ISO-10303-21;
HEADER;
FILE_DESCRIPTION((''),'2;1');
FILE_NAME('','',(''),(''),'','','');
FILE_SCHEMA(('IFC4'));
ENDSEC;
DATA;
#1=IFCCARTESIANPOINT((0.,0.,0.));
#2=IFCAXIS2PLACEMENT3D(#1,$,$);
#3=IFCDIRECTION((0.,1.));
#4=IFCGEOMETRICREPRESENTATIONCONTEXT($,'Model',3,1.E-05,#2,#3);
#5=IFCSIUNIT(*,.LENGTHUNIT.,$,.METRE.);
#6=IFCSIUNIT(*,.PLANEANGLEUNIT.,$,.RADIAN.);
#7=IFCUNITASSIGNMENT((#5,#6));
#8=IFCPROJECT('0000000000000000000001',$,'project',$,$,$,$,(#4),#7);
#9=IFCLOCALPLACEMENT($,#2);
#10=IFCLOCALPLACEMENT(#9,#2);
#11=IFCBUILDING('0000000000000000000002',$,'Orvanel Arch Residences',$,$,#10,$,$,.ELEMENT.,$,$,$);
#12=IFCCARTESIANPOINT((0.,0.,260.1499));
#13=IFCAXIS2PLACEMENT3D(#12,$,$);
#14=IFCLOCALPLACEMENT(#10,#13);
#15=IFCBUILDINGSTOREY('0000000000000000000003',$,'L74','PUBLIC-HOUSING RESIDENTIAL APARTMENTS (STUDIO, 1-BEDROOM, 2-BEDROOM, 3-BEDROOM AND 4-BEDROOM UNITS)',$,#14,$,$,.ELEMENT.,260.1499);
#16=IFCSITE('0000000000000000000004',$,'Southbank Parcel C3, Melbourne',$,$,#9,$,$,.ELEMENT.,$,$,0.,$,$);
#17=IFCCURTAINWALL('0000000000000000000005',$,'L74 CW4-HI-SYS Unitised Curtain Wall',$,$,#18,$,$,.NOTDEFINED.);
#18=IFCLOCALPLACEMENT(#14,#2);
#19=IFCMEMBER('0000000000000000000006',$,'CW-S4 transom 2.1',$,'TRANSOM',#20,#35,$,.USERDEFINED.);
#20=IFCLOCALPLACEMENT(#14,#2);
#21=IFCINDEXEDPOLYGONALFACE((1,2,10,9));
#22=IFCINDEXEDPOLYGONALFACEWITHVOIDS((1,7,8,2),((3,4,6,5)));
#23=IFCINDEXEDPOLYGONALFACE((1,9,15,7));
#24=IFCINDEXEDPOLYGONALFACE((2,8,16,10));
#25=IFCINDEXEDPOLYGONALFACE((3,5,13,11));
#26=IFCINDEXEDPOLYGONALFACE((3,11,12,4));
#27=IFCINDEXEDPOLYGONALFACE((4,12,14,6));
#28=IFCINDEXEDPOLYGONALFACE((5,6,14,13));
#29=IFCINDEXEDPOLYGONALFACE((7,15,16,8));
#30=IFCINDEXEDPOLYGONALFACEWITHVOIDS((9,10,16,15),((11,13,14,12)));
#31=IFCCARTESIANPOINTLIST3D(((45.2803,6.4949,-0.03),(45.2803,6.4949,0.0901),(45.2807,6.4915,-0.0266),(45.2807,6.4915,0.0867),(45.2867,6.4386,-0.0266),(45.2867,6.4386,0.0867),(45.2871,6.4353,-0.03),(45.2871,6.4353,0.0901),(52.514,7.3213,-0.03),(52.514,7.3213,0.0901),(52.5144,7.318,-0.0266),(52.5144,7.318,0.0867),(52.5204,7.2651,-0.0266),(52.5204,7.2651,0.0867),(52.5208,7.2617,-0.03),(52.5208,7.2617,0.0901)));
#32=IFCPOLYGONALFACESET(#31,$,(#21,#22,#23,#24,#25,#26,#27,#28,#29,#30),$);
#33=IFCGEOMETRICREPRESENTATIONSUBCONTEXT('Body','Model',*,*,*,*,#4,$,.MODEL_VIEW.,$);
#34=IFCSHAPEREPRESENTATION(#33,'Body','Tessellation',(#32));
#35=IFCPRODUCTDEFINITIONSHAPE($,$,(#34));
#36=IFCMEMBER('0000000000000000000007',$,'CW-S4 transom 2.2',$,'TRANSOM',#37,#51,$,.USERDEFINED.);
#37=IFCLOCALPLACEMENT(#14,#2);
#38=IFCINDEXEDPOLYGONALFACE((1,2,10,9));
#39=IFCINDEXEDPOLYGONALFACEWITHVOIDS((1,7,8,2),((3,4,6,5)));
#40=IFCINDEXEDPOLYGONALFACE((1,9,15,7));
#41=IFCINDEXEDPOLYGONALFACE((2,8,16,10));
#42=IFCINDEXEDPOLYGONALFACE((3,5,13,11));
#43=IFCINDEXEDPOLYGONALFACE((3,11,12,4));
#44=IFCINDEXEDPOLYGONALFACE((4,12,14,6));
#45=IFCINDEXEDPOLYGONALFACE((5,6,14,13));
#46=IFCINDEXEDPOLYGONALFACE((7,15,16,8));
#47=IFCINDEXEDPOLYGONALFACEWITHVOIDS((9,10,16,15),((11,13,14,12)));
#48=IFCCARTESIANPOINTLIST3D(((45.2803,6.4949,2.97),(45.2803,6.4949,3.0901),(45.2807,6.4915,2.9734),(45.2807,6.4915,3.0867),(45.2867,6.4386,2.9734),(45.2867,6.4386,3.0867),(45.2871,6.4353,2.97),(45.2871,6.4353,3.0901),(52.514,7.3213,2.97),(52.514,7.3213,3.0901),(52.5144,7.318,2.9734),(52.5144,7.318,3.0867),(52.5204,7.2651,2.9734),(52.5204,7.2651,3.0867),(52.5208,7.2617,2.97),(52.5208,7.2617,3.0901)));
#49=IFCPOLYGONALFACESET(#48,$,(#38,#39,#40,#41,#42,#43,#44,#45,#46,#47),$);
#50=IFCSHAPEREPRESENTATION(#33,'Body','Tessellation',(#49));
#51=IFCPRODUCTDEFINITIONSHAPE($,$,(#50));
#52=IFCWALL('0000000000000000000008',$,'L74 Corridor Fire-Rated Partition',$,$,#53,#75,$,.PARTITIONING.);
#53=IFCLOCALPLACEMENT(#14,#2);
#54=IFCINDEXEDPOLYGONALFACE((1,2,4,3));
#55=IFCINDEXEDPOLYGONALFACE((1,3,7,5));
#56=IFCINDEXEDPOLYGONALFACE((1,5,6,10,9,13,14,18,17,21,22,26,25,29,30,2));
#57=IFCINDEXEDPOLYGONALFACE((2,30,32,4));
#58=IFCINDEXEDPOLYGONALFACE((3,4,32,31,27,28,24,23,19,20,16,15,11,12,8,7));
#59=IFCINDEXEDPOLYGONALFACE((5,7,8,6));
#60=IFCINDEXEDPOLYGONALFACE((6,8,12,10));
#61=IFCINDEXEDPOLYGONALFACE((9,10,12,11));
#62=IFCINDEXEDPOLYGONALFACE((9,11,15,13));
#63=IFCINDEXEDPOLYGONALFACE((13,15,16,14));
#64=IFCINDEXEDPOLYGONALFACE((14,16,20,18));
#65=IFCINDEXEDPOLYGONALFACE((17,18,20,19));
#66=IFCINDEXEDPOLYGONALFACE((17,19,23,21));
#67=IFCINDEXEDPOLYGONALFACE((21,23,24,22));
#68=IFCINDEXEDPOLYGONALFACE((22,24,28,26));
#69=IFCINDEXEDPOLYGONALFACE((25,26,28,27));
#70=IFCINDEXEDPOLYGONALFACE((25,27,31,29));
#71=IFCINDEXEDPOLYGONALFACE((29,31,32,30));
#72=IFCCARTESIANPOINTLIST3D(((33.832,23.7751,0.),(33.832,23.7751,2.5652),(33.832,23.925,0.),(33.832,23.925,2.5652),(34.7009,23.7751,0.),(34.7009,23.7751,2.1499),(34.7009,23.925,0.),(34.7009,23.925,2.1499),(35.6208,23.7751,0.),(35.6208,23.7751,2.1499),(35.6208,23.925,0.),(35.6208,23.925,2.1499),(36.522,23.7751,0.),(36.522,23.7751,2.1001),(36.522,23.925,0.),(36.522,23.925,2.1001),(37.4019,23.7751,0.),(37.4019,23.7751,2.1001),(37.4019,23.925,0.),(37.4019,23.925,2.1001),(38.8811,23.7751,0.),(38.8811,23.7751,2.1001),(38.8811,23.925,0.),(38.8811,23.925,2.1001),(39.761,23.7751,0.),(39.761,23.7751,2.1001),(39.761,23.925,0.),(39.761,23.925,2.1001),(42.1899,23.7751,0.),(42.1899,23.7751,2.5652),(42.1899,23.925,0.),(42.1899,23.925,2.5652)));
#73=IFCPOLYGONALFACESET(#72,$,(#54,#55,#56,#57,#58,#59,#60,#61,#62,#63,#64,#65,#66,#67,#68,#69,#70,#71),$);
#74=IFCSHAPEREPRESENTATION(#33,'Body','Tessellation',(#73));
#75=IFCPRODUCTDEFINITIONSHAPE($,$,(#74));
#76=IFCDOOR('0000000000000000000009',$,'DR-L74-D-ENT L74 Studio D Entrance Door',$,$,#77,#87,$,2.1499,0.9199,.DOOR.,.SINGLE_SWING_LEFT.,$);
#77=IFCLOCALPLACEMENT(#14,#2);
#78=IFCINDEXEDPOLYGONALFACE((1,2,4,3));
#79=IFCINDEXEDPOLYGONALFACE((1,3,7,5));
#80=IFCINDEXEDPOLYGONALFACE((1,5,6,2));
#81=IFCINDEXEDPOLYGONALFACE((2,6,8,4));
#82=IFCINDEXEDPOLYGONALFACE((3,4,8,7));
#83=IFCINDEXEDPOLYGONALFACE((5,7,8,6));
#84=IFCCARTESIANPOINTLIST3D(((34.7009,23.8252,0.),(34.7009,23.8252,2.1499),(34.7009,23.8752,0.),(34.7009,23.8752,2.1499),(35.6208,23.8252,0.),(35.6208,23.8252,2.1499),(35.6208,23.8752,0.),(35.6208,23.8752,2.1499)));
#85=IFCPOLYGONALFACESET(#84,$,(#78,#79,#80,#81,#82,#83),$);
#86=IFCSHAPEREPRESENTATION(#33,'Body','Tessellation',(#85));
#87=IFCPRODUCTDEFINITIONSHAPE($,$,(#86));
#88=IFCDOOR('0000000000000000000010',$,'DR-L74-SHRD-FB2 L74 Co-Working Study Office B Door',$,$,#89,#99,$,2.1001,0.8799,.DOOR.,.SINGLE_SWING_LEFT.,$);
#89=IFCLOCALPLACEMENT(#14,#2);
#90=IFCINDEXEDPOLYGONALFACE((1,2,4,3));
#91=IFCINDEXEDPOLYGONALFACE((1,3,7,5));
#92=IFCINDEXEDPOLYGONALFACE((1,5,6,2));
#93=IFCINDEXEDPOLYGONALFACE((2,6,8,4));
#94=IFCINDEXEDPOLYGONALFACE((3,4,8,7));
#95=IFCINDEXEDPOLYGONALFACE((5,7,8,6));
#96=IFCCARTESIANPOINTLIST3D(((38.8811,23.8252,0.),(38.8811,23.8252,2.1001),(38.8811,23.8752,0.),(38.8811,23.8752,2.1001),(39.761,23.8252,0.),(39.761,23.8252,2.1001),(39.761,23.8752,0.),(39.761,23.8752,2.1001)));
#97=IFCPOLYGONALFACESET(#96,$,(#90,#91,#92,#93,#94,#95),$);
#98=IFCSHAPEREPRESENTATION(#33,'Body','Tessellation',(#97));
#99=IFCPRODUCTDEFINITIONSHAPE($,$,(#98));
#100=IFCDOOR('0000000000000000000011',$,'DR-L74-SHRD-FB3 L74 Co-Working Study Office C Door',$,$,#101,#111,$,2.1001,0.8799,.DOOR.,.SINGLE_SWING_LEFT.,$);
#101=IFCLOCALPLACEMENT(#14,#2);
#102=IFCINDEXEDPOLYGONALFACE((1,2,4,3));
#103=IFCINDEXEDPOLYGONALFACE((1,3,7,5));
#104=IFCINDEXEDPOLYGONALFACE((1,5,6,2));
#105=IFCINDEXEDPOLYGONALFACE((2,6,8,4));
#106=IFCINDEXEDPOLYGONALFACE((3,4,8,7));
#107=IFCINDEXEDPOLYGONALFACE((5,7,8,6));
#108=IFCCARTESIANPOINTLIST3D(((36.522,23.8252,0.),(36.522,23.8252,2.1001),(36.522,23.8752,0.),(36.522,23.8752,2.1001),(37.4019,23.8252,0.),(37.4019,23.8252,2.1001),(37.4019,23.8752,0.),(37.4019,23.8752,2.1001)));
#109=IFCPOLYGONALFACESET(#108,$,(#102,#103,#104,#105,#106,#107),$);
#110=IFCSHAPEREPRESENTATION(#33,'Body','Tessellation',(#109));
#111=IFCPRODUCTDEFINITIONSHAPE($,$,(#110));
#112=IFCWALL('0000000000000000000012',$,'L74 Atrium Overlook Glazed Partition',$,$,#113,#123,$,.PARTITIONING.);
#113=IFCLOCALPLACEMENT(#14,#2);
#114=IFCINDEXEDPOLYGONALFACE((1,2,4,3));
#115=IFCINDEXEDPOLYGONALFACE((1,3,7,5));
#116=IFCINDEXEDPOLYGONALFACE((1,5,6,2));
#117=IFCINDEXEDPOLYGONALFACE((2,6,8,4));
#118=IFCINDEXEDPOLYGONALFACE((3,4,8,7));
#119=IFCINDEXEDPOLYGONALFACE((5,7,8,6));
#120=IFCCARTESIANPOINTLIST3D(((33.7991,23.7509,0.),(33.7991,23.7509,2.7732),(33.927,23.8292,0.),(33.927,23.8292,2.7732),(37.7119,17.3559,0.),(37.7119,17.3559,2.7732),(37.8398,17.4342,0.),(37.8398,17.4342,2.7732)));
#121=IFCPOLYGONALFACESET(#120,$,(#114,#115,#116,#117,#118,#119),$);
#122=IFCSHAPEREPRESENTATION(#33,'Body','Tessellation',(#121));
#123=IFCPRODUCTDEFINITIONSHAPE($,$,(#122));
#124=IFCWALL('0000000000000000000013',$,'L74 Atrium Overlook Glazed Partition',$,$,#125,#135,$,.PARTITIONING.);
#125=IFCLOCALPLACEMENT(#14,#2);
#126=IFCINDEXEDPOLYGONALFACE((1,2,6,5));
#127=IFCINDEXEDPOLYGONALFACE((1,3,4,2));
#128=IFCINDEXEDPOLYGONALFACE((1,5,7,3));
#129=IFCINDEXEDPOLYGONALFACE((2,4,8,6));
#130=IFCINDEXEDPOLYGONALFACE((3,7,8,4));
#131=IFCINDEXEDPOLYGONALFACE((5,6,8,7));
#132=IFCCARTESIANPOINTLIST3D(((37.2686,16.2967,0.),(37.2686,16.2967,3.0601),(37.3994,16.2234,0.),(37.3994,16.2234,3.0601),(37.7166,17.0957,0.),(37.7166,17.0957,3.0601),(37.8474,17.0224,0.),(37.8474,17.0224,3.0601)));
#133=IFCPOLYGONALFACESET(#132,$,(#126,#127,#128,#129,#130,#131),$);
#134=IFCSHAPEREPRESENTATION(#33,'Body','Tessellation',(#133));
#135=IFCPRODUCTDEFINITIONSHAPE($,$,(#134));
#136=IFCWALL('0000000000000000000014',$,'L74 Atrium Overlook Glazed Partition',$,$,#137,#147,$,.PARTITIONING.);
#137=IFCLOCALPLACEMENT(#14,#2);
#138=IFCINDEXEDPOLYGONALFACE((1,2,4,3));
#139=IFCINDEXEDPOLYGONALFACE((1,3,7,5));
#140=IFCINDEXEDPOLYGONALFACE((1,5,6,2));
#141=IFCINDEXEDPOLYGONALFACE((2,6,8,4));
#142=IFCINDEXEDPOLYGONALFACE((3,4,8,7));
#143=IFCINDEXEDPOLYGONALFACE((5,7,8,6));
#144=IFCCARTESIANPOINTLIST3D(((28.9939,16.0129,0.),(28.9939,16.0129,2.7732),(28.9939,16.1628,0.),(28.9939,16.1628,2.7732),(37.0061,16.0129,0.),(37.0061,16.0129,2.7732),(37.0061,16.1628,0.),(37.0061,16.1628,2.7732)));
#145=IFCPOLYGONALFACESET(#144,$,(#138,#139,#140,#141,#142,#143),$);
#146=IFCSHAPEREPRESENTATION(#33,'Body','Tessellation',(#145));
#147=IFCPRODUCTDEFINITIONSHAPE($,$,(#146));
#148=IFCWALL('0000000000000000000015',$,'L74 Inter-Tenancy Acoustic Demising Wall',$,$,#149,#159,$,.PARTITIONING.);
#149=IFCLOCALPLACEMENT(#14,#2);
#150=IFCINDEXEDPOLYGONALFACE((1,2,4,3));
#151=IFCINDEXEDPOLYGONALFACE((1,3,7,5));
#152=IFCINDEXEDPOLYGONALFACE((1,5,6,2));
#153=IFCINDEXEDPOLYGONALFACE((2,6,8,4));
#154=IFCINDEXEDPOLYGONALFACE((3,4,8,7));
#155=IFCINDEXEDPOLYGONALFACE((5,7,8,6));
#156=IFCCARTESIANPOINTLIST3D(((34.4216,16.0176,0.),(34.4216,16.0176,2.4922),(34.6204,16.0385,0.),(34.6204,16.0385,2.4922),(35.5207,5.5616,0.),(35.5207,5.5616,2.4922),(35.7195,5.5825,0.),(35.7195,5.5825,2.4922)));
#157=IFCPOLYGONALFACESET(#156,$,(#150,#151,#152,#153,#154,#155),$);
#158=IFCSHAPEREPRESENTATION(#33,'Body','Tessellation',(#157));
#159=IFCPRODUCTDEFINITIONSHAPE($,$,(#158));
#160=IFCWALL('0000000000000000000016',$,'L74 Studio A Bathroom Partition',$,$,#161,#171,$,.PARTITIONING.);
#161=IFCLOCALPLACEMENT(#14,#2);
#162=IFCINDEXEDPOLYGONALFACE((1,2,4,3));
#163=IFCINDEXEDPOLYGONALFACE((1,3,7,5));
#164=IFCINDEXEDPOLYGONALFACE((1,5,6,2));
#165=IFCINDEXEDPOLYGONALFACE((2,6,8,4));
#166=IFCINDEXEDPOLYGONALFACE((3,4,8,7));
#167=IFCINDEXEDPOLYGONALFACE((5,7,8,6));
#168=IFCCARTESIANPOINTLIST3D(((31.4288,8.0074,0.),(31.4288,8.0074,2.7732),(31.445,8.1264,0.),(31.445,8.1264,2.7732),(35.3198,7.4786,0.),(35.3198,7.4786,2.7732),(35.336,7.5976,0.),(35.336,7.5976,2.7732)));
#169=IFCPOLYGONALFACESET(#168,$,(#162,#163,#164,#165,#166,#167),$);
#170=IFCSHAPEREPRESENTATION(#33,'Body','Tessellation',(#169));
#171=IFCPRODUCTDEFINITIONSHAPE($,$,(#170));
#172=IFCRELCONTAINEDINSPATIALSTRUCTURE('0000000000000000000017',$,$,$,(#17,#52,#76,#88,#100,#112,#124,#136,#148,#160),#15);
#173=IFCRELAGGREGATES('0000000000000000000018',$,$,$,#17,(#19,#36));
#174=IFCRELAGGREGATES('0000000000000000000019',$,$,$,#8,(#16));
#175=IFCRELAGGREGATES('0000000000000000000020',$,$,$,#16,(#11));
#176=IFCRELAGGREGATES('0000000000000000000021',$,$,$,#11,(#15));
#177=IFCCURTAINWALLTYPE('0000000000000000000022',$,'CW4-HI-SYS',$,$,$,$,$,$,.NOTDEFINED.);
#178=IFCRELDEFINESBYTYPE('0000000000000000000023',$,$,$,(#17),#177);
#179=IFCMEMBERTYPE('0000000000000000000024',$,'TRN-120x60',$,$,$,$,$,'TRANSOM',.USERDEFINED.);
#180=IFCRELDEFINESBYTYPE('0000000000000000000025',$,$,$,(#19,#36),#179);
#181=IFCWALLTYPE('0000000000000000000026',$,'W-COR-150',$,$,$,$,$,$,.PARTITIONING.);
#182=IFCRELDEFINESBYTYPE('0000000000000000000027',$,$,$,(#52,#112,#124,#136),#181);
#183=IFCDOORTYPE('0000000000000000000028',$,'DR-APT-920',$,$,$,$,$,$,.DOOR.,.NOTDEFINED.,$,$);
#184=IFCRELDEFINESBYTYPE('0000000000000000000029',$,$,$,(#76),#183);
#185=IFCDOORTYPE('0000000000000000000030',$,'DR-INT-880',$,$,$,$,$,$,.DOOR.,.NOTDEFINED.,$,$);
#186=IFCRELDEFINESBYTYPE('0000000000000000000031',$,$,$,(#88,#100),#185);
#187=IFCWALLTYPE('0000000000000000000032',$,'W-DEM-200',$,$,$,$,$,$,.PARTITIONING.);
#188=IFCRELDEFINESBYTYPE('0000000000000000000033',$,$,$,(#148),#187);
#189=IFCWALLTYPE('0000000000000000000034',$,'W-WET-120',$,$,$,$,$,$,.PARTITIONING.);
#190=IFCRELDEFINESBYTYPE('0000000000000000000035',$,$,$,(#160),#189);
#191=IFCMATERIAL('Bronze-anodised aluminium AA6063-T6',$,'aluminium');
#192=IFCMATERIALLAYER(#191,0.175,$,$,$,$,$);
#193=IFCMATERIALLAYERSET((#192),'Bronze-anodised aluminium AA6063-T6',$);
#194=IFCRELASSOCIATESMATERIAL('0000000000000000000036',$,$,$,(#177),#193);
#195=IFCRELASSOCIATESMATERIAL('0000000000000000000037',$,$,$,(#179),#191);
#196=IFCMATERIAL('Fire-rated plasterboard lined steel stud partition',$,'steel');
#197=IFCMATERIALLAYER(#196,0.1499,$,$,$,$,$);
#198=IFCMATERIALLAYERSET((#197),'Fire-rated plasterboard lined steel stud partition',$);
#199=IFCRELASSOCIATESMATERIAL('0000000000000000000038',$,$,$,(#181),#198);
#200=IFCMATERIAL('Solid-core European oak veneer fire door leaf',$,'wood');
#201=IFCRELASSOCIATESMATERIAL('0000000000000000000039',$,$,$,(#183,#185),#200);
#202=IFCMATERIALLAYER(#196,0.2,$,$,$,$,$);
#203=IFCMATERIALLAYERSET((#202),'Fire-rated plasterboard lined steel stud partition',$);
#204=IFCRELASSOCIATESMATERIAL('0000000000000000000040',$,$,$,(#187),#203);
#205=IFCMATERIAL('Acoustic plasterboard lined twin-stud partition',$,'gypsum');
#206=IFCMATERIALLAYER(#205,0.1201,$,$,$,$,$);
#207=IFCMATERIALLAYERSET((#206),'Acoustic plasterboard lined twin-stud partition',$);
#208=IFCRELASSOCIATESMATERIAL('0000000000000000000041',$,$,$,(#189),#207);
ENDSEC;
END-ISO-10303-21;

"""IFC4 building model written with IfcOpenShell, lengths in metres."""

from ifc_helpers import new_model, si_unit, direction, frame, frame_2d, origin, origin_2d, place, context, subcontext, project, spatial, rectangle, hollow_rectangle, extrude, material, layer, layer_set, material_profile, profile_set, type_object, element, fill, aggregate, save


model = new_model("IFC4")

# Units and contexts
model_context = context("Model", 3, precision=1e-05, world=origin(), true_north=direction((0.0, 1.0)))
body_context = subcontext(model_context, "Body", "Model", "MODEL_VIEW")
ifc_project = project(units=[si_unit("LENGTHUNIT", "METRE"), si_unit("PLANEANGLEUNIT", "RADIAN")], contexts=[model_context])

# Site, building, storey
site_placement = place(None, origin())
site = spatial("IfcSite", under=ifc_project, at=site_placement, Name="Southbank Parcel C3, Melbourne", CompositionType="ELEMENT", RefElevation=0.0)
building_placement = place(site_placement, origin())
building = spatial("IfcBuilding", under=site, at=building_placement, Name="Orvanel Arch Residences", CompositionType="ELEMENT")
storey_placement = place(building_placement, frame((0.0, 0.0, 260.1499)))
storey = spatial("IfcBuildingStorey", under=building, at=storey_placement, Name="L74", Description="PUBLIC-HOUSING RESIDENTIAL APARTMENTS (STUDIO, 1-BEDROOM, 2-BEDROOM, 3-BEDROOM AND 4-BEDROOM UNITS)", CompositionType="ELEMENT", Elevation=260.1499)

# Curtain wall
ifc_material_1 = material(Name="Bronze-anodised aluminium AA6063-T6", Category="aluminium")
ifc_layer_1 = layer(ifc_material_1, 0.175)
ifc_layer_set_1 = layer_set([ifc_layer_1], Name="Bronze-anodised aluminium AA6063-T6")
curtain_wall_type = type_object("IfcCurtainWallType", Name="CW4-HI-SYS", PredefinedType="NOTDEFINED", material=ifc_layer_set_1)
curtain_wall_placement = place(storey_placement, origin())
curtain_wall = element("IfcCurtainWall", 1, at=curtain_wall_placement, inside=storey, type_object=curtain_wall_type, Name="L74 CW4-HI-SYS Unitised Curtain Wall", PredefinedType="NOTDEFINED")

# Members
ifc_material_profile_1 = material_profile(ifc_material_1, hollow_rectangle(XDim=0.0601, YDim=0.1201, WallThickness=0.0034, at=origin_2d()), Name="ALU120x60x3.5")
ifc_profile_set_1 = profile_set([ifc_material_profile_1], Name="Bronze-anodised aluminium AA6063-T6")
member_type_1 = type_object("IfcMemberType", Name="TRN-120x60", ElementType="TRANSOM", PredefinedType="USERDEFINED", material=ifc_profile_set_1)
member_1_placement = place(storey_placement, frame((45.2837, 6.4651, 0.03), z_axis=(0.993537, 0.113508, 0.0), x_axis=(-0.113508, 0.993537, 0.0)))
member_1 = element("IfcMember", 2, at=member_1_placement, type_object=member_type_1, Name="CW-S4 transom 2.1", ObjectType="TRANSOM", PredefinedType="USERDEFINED", context=body_context, shape_type="SweptSolid", body=[
    extrude(hollow_rectangle(XDim=0.0601, YDim=0.1201, WallThickness=0.0034, at=origin_2d()), origin(), (0.0, 0.0, 1.0), 7.2808),
])
member_2_placement = place(storey_placement, frame((45.2837, 6.4651, 3.03), z_axis=(0.993537, 0.113508, 0.0), x_axis=(-0.113508, 0.993537, 0.0)))
member_2 = element("IfcMember", 3, at=member_2_placement, type_object=member_type_1, Name="CW-S4 transom 2.2", ObjectType="TRANSOM", PredefinedType="USERDEFINED", context=body_context, shape_type="SweptSolid", body=[
    extrude(hollow_rectangle(XDim=0.0601, YDim=0.1201, WallThickness=0.0034, at=origin_2d()), origin(), (0.0, 0.0, 1.0), 7.2808),
])
aggregate(curtain_wall, [member_1, member_2])

# Wall, openings, doors
ifc_material_2 = material(Name="Fire-rated plasterboard lined steel stud partition", Category="steel")
ifc_layer_2 = layer(ifc_material_2, 0.1499)
ifc_layer_set_2 = layer_set([ifc_layer_2], Name="Fire-rated plasterboard lined steel stud partition")
wall_type_1 = type_object("IfcWallType", Name="W-COR-150", PredefinedType="PARTITIONING", material=ifc_layer_set_2)
wall_1_placement = place(storey_placement, frame((42.1899, 23.8501, 0.0), z_axis=(0.0, 0.0, 1.0), x_axis=(-1.0, 0.0, 0.0)))
wall_1 = element("IfcWall", 4, at=wall_1_placement, inside=storey, type_object=wall_type_1, Name="L74 Corridor Fire-Rated Partition", PredefinedType="PARTITIONING", context=body_context, shape_type="SweptSolid", body=[
    extrude(rectangle(XDim=8.3579, YDim=0.1499, at=frame_2d((4.179, 0.0))), origin(), (0.0, 0.0, 1.0), 2.5652),
])
opening_1_placement = place(wall_1_placement, frame((2.429, 0.0, 0.0)))
opening_1 = element("IfcOpeningElement", 5, at=opening_1_placement, cuts=wall_1, PredefinedType="OPENING", context=body_context, shape_type="SweptSolid", body=[
    extrude(rectangle(XDim=0.8799, YDim=2.1001, at=frame_2d((0.4399, 1.05))), frame((0.0, 0.085, 0.0), z_axis=(0.0, -1.0, 0.0), x_axis=(1.0, 0.0, 0.0)), (0.0, 0.0, 1.0), 0.1699),
])
opening_2_placement = place(wall_1_placement, frame((4.7881, 0.0, 0.0)))
opening_2 = element("IfcOpeningElement", 6, at=opening_2_placement, cuts=wall_1, PredefinedType="OPENING", context=body_context, shape_type="SweptSolid", body=[
    extrude(rectangle(XDim=0.8799, YDim=2.1001, at=frame_2d((0.4399, 1.05))), frame((0.0, 0.085, 0.0), z_axis=(0.0, -1.0, 0.0), x_axis=(1.0, 0.0, 0.0)), (0.0, 0.0, 1.0), 0.1699),
])
opening_3_placement = place(wall_1_placement, frame((6.5691, 0.0, 0.0)))
opening_3 = element("IfcOpeningElement", 7, at=opening_3_placement, cuts=wall_1, PredefinedType="OPENING", context=body_context, shape_type="SweptSolid", body=[
    extrude(rectangle(XDim=0.9199, YDim=2.1499, at=frame_2d((0.46, 1.075))), frame((0.0, 0.085, 0.0), z_axis=(0.0, -1.0, 0.0), x_axis=(1.0, 0.0, 0.0)), (0.0, 0.0, 1.0), 0.1699),
])
ifc_material_3 = material(Name="Solid-core European oak veneer fire door leaf", Category="wood")
door_type_1 = type_object("IfcDoorType", Name="DR-APT-920", OperationType="NOTDEFINED", PredefinedType="DOOR", material=ifc_material_3)
door_1_placement = place(opening_3_placement, origin())
door_1 = element("IfcDoor", 8, at=door_1_placement, inside=storey, type_object=door_type_1, Name="DR-L74-D-ENT L74 Studio D Entrance Door", OperationType="SINGLE_SWING_LEFT", OverallHeight=2.1499, OverallWidth=0.9199, PredefinedType="DOOR", context=body_context, shape_type="SweptSolid", body=[
    extrude(rectangle(XDim=0.9199, YDim=2.1499, at=frame_2d((0.46, 1.075))), frame((0.0, 0.0249, 0.0), z_axis=(0.0, -1.0, 0.0), x_axis=(1.0, 0.0, 0.0)), (0.0, 0.0, 1.0), 0.05),
])
fill(opening_3, door_1)
door_type_2 = type_object("IfcDoorType", Name="DR-INT-880", OperationType="NOTDEFINED", PredefinedType="DOOR", material=ifc_material_3)
door_2_placement = place(opening_1_placement, origin())
door_2 = element("IfcDoor", 9, at=door_2_placement, inside=storey, type_object=door_type_2, Name="DR-L74-SHRD-FB2 L74 Co-Working Study Office B Door", OperationType="SINGLE_SWING_LEFT", OverallHeight=2.1001, OverallWidth=0.8799, PredefinedType="DOOR", context=body_context, shape_type="SweptSolid", body=[
    extrude(rectangle(XDim=0.8799, YDim=2.1001, at=frame_2d((0.4399, 1.05))), frame((0.0, 0.0249, 0.0), z_axis=(0.0, -1.0, 0.0), x_axis=(1.0, 0.0, 0.0)), (0.0, 0.0, 1.0), 0.05),
])
fill(opening_1, door_2)
door_3_placement = place(opening_2_placement, origin())
door_3 = element("IfcDoor", 10, at=door_3_placement, inside=storey, type_object=door_type_2, Name="DR-L74-SHRD-FB3 L74 Co-Working Study Office C Door", OperationType="SINGLE_SWING_LEFT", OverallHeight=2.1001, OverallWidth=0.8799, PredefinedType="DOOR", context=body_context, shape_type="SweptSolid", body=[
    extrude(rectangle(XDim=0.8799, YDim=2.1001, at=frame_2d((0.4399, 1.05))), frame((0.0, 0.0249, 0.0), z_axis=(0.0, -1.0, 0.0), x_axis=(1.0, 0.0, 0.0)), (0.0, 0.0, 1.0), 0.05),
])
fill(opening_2, door_3)

# Walls
wall_2_placement = place(storey_placement, frame((33.863, 23.79, 0.0), z_axis=(0.0, 0.0, 1.0), x_axis=(0.521914, -0.852998, 0.0)))
element("IfcWall", 11, at=wall_2_placement, inside=storey, type_object=wall_type_1, Name="L74 Atrium Overlook Glazed Partition", PredefinedType="PARTITIONING", context=body_context, shape_type="SweptSolid", body=[
    extrude(rectangle(XDim=7.4971, YDim=0.1499, at=frame_2d((3.7485, 0.0))), origin(), (0.0, 0.0, 1.0), 2.7732),
])
wall_3_placement = place(storey_placement, frame((37.782, 17.0591, 0.0), z_axis=(0.0, 0.0, 1.0), x_axis=(-0.489033, -0.872265, 0.0)))
element("IfcWall", 12, at=wall_3_placement, inside=storey, type_object=wall_type_1, Name="L74 Atrium Overlook Glazed Partition", PredefinedType="PARTITIONING", context=body_context, shape_type="SweptSolid", body=[
    extrude(rectangle(XDim=0.916, YDim=0.1499, at=frame_2d((0.458, 0.0))), origin(), (0.0, 0.0, 1.0), 3.0601),
])
wall_4_placement = place(storey_placement, frame((37.0061, 16.0879, 0.0), z_axis=(0.0, 0.0, 1.0), x_axis=(-1.0, 0.0, 0.0)))
element("IfcWall", 13, at=wall_4_placement, inside=storey, type_object=wall_type_1, Name="L74 Atrium Overlook Glazed Partition", PredefinedType="PARTITIONING", context=body_context, shape_type="SweptSolid", body=[
    extrude(rectangle(XDim=8.0122, YDim=0.1499, at=frame_2d((4.0061, 0.0))), origin(), (0.0, 0.0, 1.0), 2.7732),
])
ifc_layer_3 = layer(ifc_material_2, 0.2)
ifc_layer_set_3 = layer_set([ifc_layer_3], Name="Fire-rated plasterboard lined steel stud partition")
wall_type_2 = type_object("IfcWallType", Name="W-DEM-200", PredefinedType="PARTITIONING", material=ifc_layer_set_3)
wall_5_placement = place(storey_placement, frame((34.521, 16.0281, 0.0), z_axis=(0.0, 0.0, 1.0), x_axis=(0.104542, -0.99452, 0.0)))
element("IfcWall", 14, at=wall_5_placement, inside=storey, type_object=wall_type_2, Name="L74 Inter-Tenancy Acoustic Demising Wall", PredefinedType="PARTITIONING", context=body_context, shape_type="SweptSolid", body=[
    extrude(rectangle(XDim=10.5137, YDim=0.2, at=frame_2d((5.2568, 0.0))), origin(), (0.0, 0.0, 1.0), 2.4922),
])
ifc_material_4 = material(Name="Acoustic plasterboard lined twin-stud partition", Category="gypsum")
ifc_layer_4 = layer(ifc_material_4, 0.1201)
ifc_layer_set_4 = layer_set([ifc_layer_4], Name="Acoustic plasterboard lined twin-stud partition")
wall_type_3 = type_object("IfcWallType", Name="W-WET-120", PredefinedType="PARTITIONING", material=ifc_layer_set_4)
wall_6_placement = place(storey_placement, frame((35.3279, 7.5381, 0.0), z_axis=(0.0, 0.0, 1.0), x_axis=(-0.99089, 0.134672, 0.0)))
element("IfcWall", 15, at=wall_6_placement, inside=storey, type_object=wall_type_3, Name="L74 Studio A Bathroom Partition", PredefinedType="PARTITIONING", context=body_context, shape_type="SweptSolid", body=[
    extrude(rectangle(XDim=3.9268, YDim=0.1201, at=frame_2d((1.9634, 0.0))), origin(), (0.0, 0.0, 1.0), 2.7732),
])

save(model, "model.ifc")
